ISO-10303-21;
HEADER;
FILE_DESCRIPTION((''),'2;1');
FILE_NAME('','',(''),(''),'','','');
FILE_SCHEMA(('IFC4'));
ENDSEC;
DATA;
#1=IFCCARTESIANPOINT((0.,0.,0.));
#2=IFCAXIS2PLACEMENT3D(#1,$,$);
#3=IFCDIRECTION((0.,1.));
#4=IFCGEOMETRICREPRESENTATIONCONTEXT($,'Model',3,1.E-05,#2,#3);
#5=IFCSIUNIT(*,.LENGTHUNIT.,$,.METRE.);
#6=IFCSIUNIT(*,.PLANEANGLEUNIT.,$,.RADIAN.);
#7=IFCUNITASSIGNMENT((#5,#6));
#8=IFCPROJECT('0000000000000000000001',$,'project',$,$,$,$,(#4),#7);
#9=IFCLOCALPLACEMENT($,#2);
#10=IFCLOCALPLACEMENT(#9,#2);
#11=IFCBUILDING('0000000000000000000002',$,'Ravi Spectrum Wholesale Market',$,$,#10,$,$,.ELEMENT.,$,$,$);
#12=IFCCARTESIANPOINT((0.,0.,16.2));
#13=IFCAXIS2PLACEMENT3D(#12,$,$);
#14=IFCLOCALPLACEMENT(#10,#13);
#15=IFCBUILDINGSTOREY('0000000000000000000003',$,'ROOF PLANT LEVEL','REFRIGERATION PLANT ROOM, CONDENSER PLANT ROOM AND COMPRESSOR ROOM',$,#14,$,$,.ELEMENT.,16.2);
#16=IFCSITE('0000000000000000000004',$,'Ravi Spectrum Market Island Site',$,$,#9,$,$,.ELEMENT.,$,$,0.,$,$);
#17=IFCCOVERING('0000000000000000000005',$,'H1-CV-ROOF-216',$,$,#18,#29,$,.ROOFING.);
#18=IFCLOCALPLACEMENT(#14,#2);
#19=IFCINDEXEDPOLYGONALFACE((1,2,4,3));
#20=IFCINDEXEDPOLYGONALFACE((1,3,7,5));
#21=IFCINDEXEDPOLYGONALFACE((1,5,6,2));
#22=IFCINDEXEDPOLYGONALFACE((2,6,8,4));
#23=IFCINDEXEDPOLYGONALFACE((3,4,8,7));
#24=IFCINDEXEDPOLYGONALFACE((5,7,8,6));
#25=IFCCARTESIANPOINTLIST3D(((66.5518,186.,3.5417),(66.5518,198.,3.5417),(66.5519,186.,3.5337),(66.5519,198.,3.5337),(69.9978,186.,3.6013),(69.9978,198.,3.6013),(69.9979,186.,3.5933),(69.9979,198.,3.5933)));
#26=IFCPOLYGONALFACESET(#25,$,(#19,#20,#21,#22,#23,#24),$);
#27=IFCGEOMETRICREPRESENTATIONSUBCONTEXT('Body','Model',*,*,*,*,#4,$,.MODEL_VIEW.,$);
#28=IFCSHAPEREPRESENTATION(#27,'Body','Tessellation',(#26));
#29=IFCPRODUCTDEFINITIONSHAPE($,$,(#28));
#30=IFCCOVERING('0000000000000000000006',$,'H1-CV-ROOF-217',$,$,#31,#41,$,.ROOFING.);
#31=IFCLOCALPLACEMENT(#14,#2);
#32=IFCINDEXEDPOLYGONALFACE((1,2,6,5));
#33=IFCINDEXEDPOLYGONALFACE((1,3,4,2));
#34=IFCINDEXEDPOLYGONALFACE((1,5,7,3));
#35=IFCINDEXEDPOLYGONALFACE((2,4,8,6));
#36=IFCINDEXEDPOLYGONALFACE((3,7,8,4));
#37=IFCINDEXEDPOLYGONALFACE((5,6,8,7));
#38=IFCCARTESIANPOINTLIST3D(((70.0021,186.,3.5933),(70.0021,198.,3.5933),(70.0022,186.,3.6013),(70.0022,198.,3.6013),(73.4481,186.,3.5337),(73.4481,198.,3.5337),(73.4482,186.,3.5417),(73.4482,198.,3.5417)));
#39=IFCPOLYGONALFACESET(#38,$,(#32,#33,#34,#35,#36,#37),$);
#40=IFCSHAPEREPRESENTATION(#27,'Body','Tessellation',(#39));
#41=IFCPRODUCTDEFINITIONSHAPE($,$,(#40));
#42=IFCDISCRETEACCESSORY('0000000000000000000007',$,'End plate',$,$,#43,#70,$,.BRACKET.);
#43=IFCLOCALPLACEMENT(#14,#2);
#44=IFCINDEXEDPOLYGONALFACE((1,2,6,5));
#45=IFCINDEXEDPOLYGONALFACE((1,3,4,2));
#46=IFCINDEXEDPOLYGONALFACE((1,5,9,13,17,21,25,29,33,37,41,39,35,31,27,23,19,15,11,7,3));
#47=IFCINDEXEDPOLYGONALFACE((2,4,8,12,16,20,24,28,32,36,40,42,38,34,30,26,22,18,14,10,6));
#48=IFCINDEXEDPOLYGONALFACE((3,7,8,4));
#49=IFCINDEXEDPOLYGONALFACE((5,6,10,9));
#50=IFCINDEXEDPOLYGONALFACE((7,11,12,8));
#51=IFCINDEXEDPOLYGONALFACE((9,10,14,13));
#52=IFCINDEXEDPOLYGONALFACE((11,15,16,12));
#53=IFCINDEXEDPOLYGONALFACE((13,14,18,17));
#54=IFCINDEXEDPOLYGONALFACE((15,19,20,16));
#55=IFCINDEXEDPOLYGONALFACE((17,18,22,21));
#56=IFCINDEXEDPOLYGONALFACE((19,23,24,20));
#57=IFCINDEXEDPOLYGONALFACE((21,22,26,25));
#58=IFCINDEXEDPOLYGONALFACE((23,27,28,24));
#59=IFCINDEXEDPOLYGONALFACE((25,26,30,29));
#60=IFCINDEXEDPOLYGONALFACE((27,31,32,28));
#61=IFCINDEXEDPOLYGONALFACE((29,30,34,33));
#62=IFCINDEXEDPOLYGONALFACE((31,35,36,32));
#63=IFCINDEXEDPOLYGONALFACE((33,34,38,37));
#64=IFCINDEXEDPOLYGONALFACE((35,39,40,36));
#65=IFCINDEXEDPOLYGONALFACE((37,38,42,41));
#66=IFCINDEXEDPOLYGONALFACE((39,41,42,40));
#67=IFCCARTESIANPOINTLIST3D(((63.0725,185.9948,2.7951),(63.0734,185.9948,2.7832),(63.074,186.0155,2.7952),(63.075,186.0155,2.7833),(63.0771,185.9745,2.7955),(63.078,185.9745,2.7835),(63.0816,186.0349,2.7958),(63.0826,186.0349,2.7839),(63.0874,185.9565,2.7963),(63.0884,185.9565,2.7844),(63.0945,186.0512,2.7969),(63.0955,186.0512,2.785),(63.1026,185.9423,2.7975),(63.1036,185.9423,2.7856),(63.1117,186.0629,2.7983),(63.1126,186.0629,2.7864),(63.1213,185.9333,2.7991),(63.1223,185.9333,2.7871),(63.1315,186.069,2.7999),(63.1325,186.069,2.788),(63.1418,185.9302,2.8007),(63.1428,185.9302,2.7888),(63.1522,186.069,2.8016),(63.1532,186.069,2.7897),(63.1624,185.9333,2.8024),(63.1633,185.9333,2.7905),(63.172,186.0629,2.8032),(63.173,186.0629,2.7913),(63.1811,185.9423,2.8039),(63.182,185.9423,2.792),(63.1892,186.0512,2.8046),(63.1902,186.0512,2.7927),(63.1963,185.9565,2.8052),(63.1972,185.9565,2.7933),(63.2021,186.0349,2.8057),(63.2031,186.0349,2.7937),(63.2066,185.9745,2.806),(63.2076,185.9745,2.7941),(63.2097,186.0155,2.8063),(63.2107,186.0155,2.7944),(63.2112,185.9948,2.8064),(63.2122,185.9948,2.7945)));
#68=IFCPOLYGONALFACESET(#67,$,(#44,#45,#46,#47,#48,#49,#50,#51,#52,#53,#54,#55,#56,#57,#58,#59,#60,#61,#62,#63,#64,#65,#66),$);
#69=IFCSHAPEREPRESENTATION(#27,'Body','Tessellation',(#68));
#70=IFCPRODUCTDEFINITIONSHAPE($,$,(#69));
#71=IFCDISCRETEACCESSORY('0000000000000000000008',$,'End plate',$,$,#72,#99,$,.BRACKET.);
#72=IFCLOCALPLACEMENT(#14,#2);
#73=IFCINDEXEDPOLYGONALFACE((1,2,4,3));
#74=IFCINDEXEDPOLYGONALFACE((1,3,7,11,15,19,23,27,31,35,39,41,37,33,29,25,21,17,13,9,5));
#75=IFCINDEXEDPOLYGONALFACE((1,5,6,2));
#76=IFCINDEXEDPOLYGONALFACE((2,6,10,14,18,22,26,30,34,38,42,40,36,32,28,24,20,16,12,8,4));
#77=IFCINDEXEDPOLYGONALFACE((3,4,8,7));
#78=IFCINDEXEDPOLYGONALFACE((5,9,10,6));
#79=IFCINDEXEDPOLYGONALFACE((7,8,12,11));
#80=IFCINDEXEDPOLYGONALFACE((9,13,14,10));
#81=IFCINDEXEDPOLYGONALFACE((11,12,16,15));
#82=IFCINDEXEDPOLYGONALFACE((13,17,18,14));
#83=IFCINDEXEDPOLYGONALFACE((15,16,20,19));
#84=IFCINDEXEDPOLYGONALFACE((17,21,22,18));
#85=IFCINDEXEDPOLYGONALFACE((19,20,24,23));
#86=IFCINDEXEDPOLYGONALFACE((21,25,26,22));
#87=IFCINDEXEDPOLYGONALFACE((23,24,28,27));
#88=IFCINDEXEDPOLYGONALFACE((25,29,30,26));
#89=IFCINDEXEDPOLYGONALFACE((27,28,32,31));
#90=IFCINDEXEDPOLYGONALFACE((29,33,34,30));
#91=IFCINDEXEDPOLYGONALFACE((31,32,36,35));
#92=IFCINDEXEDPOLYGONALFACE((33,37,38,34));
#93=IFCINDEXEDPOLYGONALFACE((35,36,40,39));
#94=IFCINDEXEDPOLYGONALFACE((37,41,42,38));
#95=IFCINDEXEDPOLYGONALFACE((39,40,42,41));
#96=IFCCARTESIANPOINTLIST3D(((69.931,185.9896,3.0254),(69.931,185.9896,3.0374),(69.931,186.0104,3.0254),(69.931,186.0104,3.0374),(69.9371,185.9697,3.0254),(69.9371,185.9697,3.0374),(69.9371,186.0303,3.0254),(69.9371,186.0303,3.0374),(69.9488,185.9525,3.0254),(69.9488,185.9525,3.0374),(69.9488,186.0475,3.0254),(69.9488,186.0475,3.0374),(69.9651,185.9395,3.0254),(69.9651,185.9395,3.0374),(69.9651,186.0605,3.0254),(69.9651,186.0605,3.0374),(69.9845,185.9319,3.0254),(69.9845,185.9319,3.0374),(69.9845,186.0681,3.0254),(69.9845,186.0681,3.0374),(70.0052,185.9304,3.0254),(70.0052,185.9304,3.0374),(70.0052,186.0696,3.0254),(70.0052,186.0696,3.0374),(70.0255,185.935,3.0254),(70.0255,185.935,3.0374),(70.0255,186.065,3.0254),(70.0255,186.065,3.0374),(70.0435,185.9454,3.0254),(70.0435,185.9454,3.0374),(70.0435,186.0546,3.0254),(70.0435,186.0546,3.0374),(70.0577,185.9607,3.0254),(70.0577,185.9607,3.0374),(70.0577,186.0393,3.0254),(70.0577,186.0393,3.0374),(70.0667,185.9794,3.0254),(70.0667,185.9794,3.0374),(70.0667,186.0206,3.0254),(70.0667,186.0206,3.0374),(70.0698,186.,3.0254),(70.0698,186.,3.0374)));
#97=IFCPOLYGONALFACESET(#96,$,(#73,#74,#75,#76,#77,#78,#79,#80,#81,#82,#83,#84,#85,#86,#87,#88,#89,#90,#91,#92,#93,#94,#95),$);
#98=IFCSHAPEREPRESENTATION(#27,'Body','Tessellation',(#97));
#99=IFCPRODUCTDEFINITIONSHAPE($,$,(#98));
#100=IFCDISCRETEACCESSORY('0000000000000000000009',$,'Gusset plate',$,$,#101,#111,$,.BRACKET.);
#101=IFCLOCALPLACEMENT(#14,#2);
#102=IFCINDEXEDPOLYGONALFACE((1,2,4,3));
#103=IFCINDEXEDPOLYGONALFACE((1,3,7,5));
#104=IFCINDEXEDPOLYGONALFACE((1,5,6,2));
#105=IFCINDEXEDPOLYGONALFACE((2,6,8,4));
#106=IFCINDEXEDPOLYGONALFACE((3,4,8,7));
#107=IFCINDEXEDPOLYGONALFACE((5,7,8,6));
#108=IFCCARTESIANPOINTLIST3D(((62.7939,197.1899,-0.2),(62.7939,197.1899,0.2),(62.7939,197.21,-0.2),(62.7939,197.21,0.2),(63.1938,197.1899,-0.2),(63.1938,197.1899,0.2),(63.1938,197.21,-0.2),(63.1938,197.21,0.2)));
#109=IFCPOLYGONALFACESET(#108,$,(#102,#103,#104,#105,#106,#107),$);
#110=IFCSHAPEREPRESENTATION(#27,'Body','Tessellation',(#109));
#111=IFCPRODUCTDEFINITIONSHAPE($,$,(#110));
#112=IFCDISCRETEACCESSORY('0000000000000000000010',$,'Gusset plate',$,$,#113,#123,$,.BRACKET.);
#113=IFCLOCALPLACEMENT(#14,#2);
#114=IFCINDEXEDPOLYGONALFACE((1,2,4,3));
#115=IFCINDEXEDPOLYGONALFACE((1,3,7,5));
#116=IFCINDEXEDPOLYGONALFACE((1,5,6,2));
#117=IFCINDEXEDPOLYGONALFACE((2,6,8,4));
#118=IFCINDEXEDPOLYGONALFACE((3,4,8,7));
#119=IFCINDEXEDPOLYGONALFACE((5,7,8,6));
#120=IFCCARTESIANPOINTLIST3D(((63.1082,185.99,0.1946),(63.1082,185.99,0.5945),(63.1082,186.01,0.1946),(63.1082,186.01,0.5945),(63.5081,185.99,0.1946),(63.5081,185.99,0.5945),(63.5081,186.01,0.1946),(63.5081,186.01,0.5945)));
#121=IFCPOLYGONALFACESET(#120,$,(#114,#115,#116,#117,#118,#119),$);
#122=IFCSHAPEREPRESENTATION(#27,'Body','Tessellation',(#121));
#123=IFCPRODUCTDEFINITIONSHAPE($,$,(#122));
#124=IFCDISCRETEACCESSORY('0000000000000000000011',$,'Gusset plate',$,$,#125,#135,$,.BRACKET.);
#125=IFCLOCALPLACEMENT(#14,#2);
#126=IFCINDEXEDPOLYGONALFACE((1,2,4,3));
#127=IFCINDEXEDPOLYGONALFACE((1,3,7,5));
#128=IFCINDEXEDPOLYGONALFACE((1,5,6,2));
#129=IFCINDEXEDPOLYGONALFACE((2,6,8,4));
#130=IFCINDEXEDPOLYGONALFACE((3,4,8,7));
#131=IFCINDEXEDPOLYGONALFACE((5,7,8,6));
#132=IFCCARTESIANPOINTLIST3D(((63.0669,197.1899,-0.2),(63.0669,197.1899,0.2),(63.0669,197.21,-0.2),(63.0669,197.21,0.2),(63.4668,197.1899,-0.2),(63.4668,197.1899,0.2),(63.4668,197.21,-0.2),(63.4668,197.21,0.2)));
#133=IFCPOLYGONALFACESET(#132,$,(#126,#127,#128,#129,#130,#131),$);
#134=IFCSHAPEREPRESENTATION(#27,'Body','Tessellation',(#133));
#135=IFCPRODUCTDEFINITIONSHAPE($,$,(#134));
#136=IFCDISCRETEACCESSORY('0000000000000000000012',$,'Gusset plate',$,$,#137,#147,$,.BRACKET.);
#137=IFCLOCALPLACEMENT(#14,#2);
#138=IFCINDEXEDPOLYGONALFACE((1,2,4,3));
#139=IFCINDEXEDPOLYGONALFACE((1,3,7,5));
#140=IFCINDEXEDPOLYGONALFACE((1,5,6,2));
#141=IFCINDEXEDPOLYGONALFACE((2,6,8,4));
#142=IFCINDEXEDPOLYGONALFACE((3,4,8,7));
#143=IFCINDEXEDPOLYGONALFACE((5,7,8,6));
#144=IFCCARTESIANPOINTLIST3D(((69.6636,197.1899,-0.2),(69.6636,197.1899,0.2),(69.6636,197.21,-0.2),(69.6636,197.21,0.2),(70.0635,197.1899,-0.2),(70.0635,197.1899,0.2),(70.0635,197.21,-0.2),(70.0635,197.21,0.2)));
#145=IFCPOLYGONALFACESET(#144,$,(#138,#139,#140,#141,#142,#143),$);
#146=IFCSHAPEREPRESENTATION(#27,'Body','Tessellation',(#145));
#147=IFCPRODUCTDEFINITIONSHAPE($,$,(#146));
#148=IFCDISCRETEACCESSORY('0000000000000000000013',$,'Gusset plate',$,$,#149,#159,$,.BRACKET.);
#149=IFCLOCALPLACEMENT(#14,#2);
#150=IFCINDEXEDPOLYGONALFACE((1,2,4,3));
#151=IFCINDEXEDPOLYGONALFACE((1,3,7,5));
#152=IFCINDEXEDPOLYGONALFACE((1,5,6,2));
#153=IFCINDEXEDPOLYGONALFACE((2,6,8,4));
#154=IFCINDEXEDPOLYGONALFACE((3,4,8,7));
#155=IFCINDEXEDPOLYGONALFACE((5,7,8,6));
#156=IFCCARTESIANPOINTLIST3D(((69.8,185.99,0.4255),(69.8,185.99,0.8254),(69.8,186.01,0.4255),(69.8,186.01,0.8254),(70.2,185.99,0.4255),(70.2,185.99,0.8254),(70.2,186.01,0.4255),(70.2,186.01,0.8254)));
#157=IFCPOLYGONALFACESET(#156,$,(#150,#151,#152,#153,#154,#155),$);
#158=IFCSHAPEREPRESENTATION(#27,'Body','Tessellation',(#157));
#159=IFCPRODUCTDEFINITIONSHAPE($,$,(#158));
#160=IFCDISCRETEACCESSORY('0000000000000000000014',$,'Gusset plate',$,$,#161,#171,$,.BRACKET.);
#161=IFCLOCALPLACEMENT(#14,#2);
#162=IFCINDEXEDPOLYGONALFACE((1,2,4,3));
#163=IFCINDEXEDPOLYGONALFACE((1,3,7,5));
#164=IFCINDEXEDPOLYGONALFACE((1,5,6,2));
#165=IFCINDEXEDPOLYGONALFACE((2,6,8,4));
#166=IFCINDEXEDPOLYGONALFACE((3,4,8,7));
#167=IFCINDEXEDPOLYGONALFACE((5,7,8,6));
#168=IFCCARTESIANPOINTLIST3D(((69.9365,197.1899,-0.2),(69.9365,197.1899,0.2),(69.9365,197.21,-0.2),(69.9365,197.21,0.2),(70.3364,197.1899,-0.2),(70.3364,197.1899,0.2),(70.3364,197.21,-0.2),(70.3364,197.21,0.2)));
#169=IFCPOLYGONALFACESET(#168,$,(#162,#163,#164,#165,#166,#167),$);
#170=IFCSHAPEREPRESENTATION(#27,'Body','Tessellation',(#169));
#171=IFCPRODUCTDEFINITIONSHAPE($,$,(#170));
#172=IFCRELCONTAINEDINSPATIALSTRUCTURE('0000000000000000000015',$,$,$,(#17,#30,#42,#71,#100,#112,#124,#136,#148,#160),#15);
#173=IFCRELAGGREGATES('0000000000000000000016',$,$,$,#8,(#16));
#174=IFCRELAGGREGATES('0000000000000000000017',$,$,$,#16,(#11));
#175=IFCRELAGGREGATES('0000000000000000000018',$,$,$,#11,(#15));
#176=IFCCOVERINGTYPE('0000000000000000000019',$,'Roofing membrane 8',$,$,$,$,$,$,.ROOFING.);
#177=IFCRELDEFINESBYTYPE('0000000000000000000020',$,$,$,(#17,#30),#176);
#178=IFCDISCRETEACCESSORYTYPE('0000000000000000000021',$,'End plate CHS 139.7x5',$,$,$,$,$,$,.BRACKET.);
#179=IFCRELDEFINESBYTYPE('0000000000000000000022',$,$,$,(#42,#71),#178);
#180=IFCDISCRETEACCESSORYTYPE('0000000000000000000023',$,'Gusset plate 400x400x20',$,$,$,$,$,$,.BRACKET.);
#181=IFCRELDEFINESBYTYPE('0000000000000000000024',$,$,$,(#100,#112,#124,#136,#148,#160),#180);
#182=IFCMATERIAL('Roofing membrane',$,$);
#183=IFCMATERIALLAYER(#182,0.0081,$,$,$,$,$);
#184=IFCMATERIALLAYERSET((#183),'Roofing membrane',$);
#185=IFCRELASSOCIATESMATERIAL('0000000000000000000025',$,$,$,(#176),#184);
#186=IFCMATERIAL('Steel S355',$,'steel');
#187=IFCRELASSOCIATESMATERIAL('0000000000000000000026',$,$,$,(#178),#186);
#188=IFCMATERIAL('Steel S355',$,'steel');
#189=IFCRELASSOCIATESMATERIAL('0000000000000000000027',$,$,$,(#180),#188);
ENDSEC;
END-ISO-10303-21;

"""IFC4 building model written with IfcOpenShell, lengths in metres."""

from ifc_helpers import new_model, si_unit, direction, frame, origin, origin_2d, place, context, subcontext, project, spatial, polyline, rectangle, circle, outline, extrude, material, layer, layer_set, material_profile, profile_set, type_object, element, save


model = new_model("IFC4")

# Units and contexts
model_context = context("Model", 3, precision=1e-05, world=origin(), true_north=direction((0.0, 1.0)))
body_context = subcontext(model_context, "Body", "Model", "MODEL_VIEW")
ifc_project = project(units=[si_unit("LENGTHUNIT", "METRE"), si_unit("PLANEANGLEUNIT", "RADIAN")], contexts=[model_context])

# Site, building, storey
site_placement = place(None, origin())
site = spatial("IfcSite", under=ifc_project, at=site_placement, Name="Ravi Spectrum Market Island Site", CompositionType="ELEMENT", RefElevation=0.0)
building_placement = place(site_placement, origin())
building = spatial("IfcBuilding", under=site, at=building_placement, Name="Ravi Spectrum Wholesale Market", CompositionType="ELEMENT")
storey_placement = place(building_placement, frame((0.0, 0.0, 16.2)))
storey = spatial("IfcBuildingStorey", under=building, at=storey_placement, Name="ROOF PLANT LEVEL", Description="REFRIGERATION PLANT ROOM, CONDENSER PLANT ROOM AND COMPRESSOR ROOM", CompositionType="ELEMENT", Elevation=16.2)

# Coverings
ifc_material_1 = material(Name="Roofing membrane")
ifc_layer_1 = layer(ifc_material_1, 0.0081)
ifc_layer_set_1 = layer_set([ifc_layer_1], Name="Roofing membrane")
covering_type = type_object("IfcCoveringType", Name="Roofing membrane 8", PredefinedType="ROOFING", material=ifc_layer_set_1)
for number, where, z_axis, x_axis, name in (
    (1, (66.5518, 186.0, 3.5417), (-0.017284, 0.0, 0.999851), (0.999851, 0.0, 0.017284), "H1-CV-ROOF-216"),
    (2, (70.0022, 186.0, 3.6013), (0.017284, 0.0, 0.999851), (0.999851, 0.0, -0.017284), "H1-CV-ROOF-217"),
):
    element("IfcCovering", number, at=place(storey_placement, frame(where, z_axis=z_axis, x_axis=x_axis)), inside=storey, type_object=covering_type, Name=name, PredefinedType="ROOFING", context=body_context, shape_type="SweptSolid", body=[
        extrude(outline(polyline([(0.0, 0.0), (3.4466, 0.0), (3.4466, 12.0), (0.0, 12.0), (0.0, 0.0)])), origin(), (0.0, 0.0, -1.0), 0.0081),
    ])

# Discrete accessories
ifc_material_2 = material(Name="Steel S355", Category="steel")
ifc_material_profile_1 = material_profile(ifc_material_2, circle(Radius=0.0698, at=origin_2d()))
ifc_profile_set_1 = profile_set([ifc_material_profile_1], Name="Steel S355")
discrete_accessory_type_1 = type_object("IfcDiscreteAccessoryType", Name="End plate CHS 139.7x5", PredefinedType="BRACKET", material=ifc_profile_set_1)
for number, where, z_axis, x_axis, name in (
    (3, (63.1428, 186.0, 2.7888), (-0.081362, 0.0, 0.996685), (0.0, -1.0, 0.0), "End plate"),
    (4, (70.0, 186.0, 3.0254), (0.0, 0.0, 1.0), (1.0, 0.0, 0.0), "End plate"),
):
    element("IfcDiscreteAccessory", number, at=place(storey_placement, frame(where, z_axis=z_axis, x_axis=x_axis)), inside=storey, type_object=discrete_accessory_type_1, Name=name, PredefinedType="BRACKET", context=body_context, shape_type="SweptSolid", body=[
        extrude(circle(Radius=0.0698, at=origin_2d()), origin(), (0.0, 0.0, 1.0), 0.012),
    ])
ifc_material_3 = material(Name="Steel S355", Category="steel")
ifc_material_profile_2 = material_profile(ifc_material_3, rectangle(XDim=0.3999, YDim=0.02, at=origin_2d()))
ifc_profile_set_2 = profile_set([ifc_material_profile_2], Name="Steel S355")
discrete_accessory_type_2 = type_object("IfcDiscreteAccessoryType", Name="Gusset plate 400x400x20", PredefinedType="BRACKET", material=ifc_profile_set_2)
for number, where, z_axis, x_axis, name in (
    (5, (62.9939, 197.2, -0.2), (0.0, 0.0, 1.0), (1.0, 0.0, 0.0), "Gusset plate"),
    (6, (63.3081, 186.0, 0.1946), (0.0, 0.0, 1.0), (1.0, 0.0, 0.0), "Gusset plate"),
    (7, (63.2668, 197.2, -0.2), (0.0, 0.0, 1.0), (1.0, 0.0, 0.0), "Gusset plate"),
    (8, (69.8635, 197.2, -0.2), (0.0, 0.0, 1.0), (1.0, 0.0, 0.0), "Gusset plate"),
    (9, (70.0, 186.0, 0.4255), (0.0, 0.0, 1.0), (1.0, 0.0, 0.0), "Gusset plate"),
    (10, (70.1365, 197.2, -0.2), (0.0, 0.0, 1.0), (1.0, 0.0, 0.0), "Gusset plate"),
):
    element("IfcDiscreteAccessory", number, at=place(storey_placement, frame(where, z_axis=z_axis, x_axis=x_axis)), inside=storey, type_object=discrete_accessory_type_2, Name=name, PredefinedType="BRACKET", context=body_context, shape_type="SweptSolid", body=[
        extrude(rectangle(XDim=0.3999, YDim=0.02, at=origin_2d()), origin(), (0.0, 0.0, 1.0), 0.3999),
    ])

save(model, "model.ifc")
